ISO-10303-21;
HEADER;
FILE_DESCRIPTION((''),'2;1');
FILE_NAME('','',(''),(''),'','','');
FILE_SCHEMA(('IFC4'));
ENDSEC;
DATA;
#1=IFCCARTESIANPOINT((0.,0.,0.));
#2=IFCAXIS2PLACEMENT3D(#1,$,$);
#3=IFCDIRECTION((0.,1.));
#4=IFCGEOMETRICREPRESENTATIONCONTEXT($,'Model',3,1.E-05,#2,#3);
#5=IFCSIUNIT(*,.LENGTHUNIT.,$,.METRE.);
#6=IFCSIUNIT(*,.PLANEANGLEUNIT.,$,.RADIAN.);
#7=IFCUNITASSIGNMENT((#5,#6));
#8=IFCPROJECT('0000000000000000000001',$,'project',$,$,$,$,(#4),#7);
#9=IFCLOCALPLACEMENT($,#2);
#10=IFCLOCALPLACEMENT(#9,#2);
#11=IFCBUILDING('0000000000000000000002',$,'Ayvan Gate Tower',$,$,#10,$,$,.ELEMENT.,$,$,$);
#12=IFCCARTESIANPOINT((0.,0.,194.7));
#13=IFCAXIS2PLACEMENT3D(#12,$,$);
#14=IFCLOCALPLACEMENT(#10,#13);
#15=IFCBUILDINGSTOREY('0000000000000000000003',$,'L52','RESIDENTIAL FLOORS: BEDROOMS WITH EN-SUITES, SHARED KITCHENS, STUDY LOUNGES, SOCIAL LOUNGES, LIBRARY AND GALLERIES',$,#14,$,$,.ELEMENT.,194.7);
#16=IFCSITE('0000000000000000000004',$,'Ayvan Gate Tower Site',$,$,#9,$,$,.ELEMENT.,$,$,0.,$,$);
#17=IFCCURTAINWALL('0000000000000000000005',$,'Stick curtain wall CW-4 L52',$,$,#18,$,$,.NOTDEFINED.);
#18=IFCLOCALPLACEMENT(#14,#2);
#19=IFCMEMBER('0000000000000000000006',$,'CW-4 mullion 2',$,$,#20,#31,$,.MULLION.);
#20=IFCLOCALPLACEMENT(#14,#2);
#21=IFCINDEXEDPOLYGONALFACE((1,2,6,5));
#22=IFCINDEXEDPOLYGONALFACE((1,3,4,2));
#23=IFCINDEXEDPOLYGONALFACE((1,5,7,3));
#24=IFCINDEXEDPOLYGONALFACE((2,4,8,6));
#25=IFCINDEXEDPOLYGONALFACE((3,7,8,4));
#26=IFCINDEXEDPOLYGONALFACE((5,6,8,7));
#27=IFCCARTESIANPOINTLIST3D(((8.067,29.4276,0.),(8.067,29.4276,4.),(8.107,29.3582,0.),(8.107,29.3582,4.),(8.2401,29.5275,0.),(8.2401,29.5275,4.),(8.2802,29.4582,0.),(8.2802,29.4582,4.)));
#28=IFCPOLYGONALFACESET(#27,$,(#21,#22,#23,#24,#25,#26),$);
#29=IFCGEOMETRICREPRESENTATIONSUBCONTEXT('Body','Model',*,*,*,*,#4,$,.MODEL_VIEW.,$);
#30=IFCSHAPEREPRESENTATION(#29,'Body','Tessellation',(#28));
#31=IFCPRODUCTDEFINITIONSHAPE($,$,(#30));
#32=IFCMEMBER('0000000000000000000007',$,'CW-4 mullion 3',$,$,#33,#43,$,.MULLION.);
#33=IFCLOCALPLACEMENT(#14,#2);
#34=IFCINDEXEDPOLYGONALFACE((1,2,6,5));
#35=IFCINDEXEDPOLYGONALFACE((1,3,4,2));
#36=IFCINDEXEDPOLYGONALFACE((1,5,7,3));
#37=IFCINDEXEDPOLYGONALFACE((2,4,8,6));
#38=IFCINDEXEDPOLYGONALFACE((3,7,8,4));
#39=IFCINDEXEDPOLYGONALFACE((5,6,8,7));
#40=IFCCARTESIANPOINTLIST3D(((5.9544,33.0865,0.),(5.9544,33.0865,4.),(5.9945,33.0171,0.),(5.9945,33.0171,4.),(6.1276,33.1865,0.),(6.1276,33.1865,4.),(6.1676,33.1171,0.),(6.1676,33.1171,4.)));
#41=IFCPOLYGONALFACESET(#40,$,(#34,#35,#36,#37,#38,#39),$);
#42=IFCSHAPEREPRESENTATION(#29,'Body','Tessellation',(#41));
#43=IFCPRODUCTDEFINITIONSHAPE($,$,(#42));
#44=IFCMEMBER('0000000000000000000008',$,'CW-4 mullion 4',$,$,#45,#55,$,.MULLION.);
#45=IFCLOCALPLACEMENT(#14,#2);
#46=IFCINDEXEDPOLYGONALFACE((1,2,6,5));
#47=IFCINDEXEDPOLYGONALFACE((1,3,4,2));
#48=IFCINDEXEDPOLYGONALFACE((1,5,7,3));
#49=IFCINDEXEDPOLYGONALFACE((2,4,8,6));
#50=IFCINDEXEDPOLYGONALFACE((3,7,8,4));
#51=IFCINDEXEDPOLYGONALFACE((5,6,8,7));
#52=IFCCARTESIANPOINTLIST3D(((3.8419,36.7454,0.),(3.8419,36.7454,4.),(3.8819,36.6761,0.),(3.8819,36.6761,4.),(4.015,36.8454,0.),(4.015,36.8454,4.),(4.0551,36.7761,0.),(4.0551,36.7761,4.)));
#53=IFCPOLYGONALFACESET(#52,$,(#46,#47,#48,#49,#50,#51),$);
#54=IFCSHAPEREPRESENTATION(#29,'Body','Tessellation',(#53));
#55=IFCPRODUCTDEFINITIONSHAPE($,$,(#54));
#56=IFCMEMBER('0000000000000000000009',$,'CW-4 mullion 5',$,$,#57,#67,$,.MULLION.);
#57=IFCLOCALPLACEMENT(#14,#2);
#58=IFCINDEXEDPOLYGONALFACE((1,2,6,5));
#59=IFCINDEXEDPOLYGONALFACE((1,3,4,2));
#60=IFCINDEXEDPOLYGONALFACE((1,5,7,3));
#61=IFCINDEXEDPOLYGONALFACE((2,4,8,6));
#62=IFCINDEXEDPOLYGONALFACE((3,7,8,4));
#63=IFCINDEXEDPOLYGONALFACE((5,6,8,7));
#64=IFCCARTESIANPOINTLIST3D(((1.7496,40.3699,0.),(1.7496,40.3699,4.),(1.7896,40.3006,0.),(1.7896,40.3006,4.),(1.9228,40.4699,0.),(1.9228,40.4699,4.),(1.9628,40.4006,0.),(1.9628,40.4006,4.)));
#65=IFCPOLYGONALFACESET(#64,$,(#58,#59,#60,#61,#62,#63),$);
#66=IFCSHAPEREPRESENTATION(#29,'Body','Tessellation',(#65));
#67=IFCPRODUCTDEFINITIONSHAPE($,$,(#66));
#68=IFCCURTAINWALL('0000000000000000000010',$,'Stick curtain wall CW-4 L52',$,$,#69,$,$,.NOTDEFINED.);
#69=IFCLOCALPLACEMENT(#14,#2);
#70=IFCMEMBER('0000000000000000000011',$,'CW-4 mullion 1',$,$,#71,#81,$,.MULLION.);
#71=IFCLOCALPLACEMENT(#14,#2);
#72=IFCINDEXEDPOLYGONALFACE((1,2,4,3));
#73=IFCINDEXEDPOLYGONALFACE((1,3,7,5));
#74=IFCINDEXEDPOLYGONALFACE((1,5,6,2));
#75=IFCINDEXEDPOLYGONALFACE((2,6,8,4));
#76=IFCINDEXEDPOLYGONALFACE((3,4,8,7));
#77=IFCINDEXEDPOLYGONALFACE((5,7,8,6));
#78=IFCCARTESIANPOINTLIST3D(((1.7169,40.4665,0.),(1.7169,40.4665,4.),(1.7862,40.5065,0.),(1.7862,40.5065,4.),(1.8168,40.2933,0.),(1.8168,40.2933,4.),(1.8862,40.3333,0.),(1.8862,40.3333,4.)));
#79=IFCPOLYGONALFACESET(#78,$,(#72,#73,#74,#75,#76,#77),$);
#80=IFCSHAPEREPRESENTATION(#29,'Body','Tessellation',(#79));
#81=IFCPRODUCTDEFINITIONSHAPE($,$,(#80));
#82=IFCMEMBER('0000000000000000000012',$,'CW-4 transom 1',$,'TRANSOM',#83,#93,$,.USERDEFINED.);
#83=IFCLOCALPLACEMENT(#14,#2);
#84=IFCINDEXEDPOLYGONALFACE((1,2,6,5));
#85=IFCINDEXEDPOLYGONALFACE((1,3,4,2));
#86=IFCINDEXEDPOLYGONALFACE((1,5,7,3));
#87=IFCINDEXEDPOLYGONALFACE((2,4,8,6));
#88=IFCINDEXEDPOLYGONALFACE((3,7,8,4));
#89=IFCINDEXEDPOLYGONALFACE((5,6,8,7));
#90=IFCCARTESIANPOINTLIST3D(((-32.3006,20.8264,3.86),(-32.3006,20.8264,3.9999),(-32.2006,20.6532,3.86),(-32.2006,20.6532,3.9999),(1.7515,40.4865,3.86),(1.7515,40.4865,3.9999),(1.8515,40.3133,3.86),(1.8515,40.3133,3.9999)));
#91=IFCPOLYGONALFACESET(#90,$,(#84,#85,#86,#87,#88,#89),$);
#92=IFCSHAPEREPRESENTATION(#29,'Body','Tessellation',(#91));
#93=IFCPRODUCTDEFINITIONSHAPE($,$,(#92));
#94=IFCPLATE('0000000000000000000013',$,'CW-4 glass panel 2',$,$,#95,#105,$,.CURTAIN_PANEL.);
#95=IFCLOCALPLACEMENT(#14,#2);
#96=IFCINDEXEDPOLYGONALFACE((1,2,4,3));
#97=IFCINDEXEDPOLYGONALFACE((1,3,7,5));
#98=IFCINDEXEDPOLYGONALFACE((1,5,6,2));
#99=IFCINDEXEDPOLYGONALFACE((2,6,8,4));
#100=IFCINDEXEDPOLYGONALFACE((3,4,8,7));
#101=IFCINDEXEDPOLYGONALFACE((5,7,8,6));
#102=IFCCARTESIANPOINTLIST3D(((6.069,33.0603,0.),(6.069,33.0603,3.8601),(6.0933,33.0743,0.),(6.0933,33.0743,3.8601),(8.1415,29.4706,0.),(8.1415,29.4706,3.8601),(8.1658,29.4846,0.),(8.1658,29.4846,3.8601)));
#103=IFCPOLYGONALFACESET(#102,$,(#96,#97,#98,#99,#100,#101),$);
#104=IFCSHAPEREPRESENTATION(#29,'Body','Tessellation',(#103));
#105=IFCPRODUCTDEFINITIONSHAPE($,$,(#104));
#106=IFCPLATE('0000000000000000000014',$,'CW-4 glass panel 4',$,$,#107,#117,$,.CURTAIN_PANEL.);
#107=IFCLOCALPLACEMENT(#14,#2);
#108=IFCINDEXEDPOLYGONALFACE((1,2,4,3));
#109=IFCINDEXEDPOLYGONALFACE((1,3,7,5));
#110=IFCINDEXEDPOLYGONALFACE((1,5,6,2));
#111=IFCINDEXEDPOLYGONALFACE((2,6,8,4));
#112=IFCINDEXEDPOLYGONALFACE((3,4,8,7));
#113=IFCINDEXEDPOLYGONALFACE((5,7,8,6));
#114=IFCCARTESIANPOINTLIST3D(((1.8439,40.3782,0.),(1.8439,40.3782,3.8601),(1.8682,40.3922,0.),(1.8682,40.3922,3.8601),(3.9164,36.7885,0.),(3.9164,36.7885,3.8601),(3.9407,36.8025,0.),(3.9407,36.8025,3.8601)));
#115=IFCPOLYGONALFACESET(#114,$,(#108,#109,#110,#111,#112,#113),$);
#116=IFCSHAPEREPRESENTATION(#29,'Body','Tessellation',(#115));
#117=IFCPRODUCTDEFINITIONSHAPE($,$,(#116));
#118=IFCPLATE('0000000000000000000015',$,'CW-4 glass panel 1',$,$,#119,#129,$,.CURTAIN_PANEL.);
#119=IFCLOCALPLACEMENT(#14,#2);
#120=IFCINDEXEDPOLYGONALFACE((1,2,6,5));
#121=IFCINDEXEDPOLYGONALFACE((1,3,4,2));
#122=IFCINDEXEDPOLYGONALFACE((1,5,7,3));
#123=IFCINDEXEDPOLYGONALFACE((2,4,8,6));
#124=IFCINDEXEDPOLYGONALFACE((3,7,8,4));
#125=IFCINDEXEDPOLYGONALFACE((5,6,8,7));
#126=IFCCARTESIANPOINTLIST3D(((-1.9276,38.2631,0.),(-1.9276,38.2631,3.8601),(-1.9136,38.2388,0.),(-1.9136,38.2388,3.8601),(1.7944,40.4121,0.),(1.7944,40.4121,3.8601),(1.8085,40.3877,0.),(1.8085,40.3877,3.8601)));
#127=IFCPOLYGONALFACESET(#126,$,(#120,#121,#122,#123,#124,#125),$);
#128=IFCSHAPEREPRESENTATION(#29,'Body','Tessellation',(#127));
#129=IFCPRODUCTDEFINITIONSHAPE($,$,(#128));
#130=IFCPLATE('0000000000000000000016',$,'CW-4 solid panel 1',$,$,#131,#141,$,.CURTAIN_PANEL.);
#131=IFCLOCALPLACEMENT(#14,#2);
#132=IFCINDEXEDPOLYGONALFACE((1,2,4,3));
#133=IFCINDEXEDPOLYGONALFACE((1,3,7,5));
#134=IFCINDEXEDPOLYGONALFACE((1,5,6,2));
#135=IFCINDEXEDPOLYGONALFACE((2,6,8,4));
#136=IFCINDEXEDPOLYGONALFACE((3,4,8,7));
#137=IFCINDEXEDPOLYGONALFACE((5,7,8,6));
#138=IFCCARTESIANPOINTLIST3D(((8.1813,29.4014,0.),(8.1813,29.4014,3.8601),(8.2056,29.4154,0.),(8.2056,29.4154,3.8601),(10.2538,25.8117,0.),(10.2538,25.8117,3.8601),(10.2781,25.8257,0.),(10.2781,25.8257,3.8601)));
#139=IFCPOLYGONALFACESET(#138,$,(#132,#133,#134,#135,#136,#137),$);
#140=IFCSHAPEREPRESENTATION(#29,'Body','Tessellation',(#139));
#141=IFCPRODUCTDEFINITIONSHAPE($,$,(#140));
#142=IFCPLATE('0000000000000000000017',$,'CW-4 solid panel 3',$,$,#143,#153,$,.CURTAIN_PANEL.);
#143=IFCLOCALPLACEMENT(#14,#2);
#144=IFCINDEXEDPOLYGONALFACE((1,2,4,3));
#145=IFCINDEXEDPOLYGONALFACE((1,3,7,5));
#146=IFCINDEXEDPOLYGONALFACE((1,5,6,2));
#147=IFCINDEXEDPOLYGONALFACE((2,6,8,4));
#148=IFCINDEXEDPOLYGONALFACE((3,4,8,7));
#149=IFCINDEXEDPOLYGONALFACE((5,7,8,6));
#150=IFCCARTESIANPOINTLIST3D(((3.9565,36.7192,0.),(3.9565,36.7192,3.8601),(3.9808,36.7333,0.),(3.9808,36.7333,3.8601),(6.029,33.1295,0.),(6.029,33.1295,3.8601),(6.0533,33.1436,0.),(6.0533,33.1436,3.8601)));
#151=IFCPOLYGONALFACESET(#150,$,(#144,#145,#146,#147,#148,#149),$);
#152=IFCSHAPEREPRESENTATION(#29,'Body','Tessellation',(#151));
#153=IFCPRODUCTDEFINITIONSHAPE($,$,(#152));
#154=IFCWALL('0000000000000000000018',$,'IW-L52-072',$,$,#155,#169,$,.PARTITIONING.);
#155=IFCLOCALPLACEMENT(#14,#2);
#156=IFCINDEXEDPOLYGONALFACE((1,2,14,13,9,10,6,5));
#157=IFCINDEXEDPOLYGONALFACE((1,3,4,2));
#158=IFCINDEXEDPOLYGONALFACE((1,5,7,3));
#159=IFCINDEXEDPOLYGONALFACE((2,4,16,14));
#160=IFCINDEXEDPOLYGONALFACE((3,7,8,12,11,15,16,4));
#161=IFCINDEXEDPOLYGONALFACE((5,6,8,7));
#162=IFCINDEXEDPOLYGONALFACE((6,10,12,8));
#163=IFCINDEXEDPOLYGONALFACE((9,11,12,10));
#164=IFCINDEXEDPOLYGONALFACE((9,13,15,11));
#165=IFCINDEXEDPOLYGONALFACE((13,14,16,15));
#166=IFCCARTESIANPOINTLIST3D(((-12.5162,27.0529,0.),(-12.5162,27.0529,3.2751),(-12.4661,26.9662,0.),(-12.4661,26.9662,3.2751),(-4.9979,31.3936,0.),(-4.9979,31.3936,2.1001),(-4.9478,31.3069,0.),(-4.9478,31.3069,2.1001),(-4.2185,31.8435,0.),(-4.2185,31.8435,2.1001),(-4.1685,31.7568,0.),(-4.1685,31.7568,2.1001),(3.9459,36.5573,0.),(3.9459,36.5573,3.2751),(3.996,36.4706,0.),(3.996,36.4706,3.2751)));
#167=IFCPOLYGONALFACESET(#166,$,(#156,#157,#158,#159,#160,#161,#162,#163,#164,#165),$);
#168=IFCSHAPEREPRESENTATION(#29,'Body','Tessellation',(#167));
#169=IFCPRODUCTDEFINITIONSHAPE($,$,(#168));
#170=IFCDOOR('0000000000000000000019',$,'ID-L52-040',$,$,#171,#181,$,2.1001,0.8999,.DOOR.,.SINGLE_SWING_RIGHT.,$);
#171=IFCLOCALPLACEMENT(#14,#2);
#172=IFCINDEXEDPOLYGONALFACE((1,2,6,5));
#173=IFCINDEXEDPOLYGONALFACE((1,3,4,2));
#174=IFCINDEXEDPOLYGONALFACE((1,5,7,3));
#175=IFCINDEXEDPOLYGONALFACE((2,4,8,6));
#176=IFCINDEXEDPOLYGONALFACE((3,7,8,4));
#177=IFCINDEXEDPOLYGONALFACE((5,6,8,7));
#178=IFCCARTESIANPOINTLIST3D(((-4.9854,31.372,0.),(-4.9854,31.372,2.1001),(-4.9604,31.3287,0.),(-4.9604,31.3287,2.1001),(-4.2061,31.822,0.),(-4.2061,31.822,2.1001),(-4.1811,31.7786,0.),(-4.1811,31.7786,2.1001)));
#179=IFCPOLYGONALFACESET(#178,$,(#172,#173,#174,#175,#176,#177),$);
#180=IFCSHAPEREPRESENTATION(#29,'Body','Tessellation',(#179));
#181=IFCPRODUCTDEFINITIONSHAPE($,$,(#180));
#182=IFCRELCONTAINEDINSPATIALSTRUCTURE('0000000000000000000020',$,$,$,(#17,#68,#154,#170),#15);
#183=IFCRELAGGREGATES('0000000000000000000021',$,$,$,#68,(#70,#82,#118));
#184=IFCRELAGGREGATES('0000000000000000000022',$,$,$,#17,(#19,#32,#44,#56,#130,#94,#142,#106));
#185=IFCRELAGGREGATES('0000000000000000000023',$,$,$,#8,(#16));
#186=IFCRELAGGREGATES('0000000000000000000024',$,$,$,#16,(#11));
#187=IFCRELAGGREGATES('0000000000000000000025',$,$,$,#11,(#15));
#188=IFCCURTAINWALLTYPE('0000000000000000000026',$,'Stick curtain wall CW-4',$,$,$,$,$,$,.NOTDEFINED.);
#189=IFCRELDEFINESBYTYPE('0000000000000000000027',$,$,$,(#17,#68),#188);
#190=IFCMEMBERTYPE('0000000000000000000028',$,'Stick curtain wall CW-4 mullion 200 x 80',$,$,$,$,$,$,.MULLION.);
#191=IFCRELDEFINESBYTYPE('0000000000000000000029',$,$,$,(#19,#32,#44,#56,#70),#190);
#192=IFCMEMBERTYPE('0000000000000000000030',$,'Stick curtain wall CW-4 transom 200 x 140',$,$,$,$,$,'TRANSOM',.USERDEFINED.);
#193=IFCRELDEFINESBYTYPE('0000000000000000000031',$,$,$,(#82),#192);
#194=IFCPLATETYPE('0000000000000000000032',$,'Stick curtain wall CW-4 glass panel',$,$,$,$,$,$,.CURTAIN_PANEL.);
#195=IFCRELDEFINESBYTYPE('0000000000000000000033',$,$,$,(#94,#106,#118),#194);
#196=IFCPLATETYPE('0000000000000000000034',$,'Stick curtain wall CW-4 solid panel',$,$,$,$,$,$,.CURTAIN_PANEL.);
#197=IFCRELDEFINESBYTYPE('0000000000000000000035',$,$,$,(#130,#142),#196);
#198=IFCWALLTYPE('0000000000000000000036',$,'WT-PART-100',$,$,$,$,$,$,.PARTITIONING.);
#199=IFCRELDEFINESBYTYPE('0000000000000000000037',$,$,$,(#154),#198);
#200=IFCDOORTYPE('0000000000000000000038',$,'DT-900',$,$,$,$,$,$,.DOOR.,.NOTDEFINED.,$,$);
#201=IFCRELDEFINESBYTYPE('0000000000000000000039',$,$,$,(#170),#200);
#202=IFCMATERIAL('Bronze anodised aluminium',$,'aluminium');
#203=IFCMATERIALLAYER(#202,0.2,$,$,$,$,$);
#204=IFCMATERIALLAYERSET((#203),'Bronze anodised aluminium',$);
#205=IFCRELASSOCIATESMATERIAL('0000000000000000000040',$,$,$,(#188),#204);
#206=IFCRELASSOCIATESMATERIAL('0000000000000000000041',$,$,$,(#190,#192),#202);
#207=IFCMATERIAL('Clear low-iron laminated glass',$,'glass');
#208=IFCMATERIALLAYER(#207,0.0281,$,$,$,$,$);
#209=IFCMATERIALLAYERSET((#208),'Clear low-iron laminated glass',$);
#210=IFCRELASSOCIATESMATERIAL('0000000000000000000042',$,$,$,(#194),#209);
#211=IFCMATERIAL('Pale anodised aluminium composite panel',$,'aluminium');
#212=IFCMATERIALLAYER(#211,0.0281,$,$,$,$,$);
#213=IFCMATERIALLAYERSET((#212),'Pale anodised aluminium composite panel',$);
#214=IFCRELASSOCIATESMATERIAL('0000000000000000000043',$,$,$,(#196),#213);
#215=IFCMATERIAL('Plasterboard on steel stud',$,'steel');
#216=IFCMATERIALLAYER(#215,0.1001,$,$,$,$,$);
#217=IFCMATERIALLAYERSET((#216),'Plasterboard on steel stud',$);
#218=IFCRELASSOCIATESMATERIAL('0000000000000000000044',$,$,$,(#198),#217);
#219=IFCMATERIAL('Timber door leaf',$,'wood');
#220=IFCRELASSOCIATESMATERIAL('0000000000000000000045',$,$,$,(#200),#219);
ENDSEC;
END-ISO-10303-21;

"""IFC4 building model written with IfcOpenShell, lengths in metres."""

from ifc_helpers import new_model, si_unit, direction, frame, frame_2d, origin, origin_2d, place, context, subcontext, project, spatial, rectangle, extrude, material, layer, layer_set, material_profile, profile_set, type_object, element, fill, aggregate, save


model = new_model("IFC4")

# Units and contexts
model_context = context("Model", 3, precision=1e-05, world=origin(), true_north=direction((0.0, 1.0)))
body_context = subcontext(model_context, "Body", "Model", "MODEL_VIEW")
ifc_project = project(units=[si_unit("LENGTHUNIT", "METRE"), si_unit("PLANEANGLEUNIT", "RADIAN")], contexts=[model_context])

# Site, building, storey
site_placement = place(None, origin())
site = spatial("IfcSite", under=ifc_project, at=site_placement, Name="Ayvan Gate Tower Site", CompositionType="ELEMENT", RefElevation=0.0)
building_placement = place(site_placement, origin())
building = spatial("IfcBuilding", under=site, at=building_placement, Name="Ayvan Gate Tower", CompositionType="ELEMENT")
storey_placement = place(building_placement, frame((0.0, 0.0, 194.7)))
storey = spatial("IfcBuildingStorey", under=building, at=storey_placement, Name="L52", Description="RESIDENTIAL FLOORS: BEDROOMS WITH EN-SUITES, SHARED KITCHENS, STUDY LOUNGES, SOCIAL LOUNGES, LIBRARY AND GALLERIES", CompositionType="ELEMENT", Elevation=194.7)

# Curtain walls, members
ifc_material_1 = material(Name="Bronze anodised aluminium", Category="aluminium")
ifc_layer_1 = layer(ifc_material_1, 0.2)
ifc_layer_set_1 = layer_set([ifc_layer_1], Name="Bronze anodised aluminium")
curtain_wall_type = type_object("IfcCurtainWallType", Name="Stick curtain wall CW-4", PredefinedType="NOTDEFINED", material=ifc_layer_set_1)
curtain_wall_1_placement = place(storey_placement, origin())
curtain_wall_1 = element("IfcCurtainWall", 1, at=curtain_wall_1_placement, inside=storey, type_object=curtain_wall_type, Name="Stick curtain wall CW-4 L52", PredefinedType="NOTDEFINED")
ifc_material_profile_1 = material_profile(ifc_material_1, rectangle(XDim=0.2, YDim=0.0801, at=origin_2d()), Name="Stick curtain wall CW-4 mullion 200 x 80")
ifc_profile_set_1 = profile_set([ifc_material_profile_1], Name="Bronze anodised aluminium")
member_type_1 = type_object("IfcMemberType", Name="Stick curtain wall CW-4 mullion 200 x 80", PredefinedType="MULLION", material=ifc_profile_set_1)
member_1_placement = place(storey_placement, frame((8.1736, 29.4429, 0.0), z_axis=(0.0, 0.0, 1.0), x_axis=(0.866025, 0.5, 0.0)))
member_1 = element("IfcMember", 2, at=member_1_placement, type_object=member_type_1, Name="CW-4 mullion 2", PredefinedType="MULLION", context=body_context, shape_type="SweptSolid", body=[
    extrude(rectangle(XDim=0.2, YDim=0.0801, at=origin_2d()), origin(), (0.0, 0.0, 1.0), 4.0),
])
member_2_placement = place(storey_placement, frame((6.061, 33.1018, 0.0), z_axis=(0.0, 0.0, 1.0), x_axis=(0.866025, 0.5, 0.0)))
member_2 = element("IfcMember", 3, at=member_2_placement, type_object=member_type_1, Name="CW-4 mullion 3", PredefinedType="MULLION", context=body_context, shape_type="SweptSolid", body=[
    extrude(rectangle(XDim=0.2, YDim=0.0801, at=origin_2d()), origin(), (0.0, 0.0, 1.0), 4.0),
])
member_3_placement = place(storey_placement, frame((3.9485, 36.7607, 0.0), z_axis=(0.0, 0.0, 1.0), x_axis=(0.866025, 0.5, 0.0)))
member_3 = element("IfcMember", 4, at=member_3_placement, type_object=member_type_1, Name="CW-4 mullion 4", PredefinedType="MULLION", context=body_context, shape_type="SweptSolid", body=[
    extrude(rectangle(XDim=0.2, YDim=0.0801, at=origin_2d()), origin(), (0.0, 0.0, 1.0), 4.0),
])
member_4_placement = place(storey_placement, frame((1.8562, 40.3853, 0.0), z_axis=(0.0, 0.0, 1.0), x_axis=(0.866025, 0.5, 0.0)))
member_4 = element("IfcMember", 5, at=member_4_placement, type_object=member_type_1, Name="CW-4 mullion 5", PredefinedType="MULLION", context=body_context, shape_type="SweptSolid", body=[
    extrude(rectangle(XDim=0.2, YDim=0.0801, at=origin_2d()), origin(), (0.0, 0.0, 1.0), 4.0),
])
curtain_wall_2_placement = place(storey_placement, origin())
curtain_wall_2 = element("IfcCurtainWall", 6, at=curtain_wall_2_placement, inside=storey, type_object=curtain_wall_type, Name="Stick curtain wall CW-4 L52", PredefinedType="NOTDEFINED")
member_5_placement = place(storey_placement, frame((1.8015, 40.3999, 0.0), z_axis=(0.0, 0.0, 1.0), x_axis=(-0.5, 0.866025, 0.0)))
member_5 = element("IfcMember", 7, at=member_5_placement, type_object=member_type_1, Name="CW-4 mullion 1", PredefinedType="MULLION", context=body_context, shape_type="SweptSolid", body=[
    extrude(rectangle(XDim=0.2, YDim=0.0801, at=origin_2d()), origin(), (0.0, 0.0, 1.0), 4.0),
])
ifc_material_profile_2 = material_profile(ifc_material_1, rectangle(XDim=0.2, YDim=0.1399, at=origin_2d()), Name="Stick curtain wall CW-4 transom 200 x 140")
ifc_profile_set_2 = profile_set([ifc_material_profile_2], Name="Bronze anodised aluminium")
member_type_2 = type_object("IfcMemberType", Name="Stick curtain wall CW-4 transom 200 x 140", ElementType="TRANSOM", PredefinedType="USERDEFINED", material=ifc_profile_set_2)
member_6_placement = place(storey_placement, frame((1.8015, 40.3999, 3.9299), z_axis=(-0.866024, -0.500002, 0.0), x_axis=(0.500002, -0.866024, 0.0)))
member_6 = element("IfcMember", 8, at=member_6_placement, type_object=member_type_2, Name="CW-4 transom 1", ObjectType="TRANSOM", PredefinedType="USERDEFINED", context=body_context, shape_type="SweptSolid", body=[
    extrude(rectangle(XDim=0.2, YDim=0.1399, at=origin_2d()), origin(), (0.0, 0.0, 1.0), 39.3201),
])

# Plates
ifc_material_2 = material(Name="Clear low-iron laminated glass", Category="glass")
ifc_layer_2 = layer(ifc_material_2, 0.0281)
ifc_layer_set_2 = layer_set([ifc_layer_2], Name="Clear low-iron laminated glass")
plate_type_1 = type_object("IfcPlateType", Name="Stick curtain wall CW-4 glass panel", PredefinedType="CURTAIN_PANEL", material=ifc_layer_set_2)
plate_1_placement = place(storey_placement, frame((7.1174, 31.2725, 0.0), z_axis=(0.0, 0.0, 1.0), x_axis=(-0.5, 0.866025, 0.0)))
plate_1 = element("IfcPlate", 9, at=plate_1_placement, type_object=plate_type_1, Name="CW-4 glass panel 2", PredefinedType="CURTAIN_PANEL", context=body_context, shape_type="SweptSolid", body=[
    extrude(rectangle(XDim=4.145, YDim=0.0281, at=origin_2d()), origin(), (0.0, 0.0, 1.0), 3.8601),
])
plate_2_placement = place(storey_placement, frame((2.8923, 38.5903, 0.0), z_axis=(0.0, 0.0, 1.0), x_axis=(-0.5, 0.866025, 0.0)))
plate_2 = element("IfcPlate", 10, at=plate_2_placement, type_object=plate_type_1, Name="CW-4 glass panel 4", PredefinedType="CURTAIN_PANEL", context=body_context, shape_type="SweptSolid", body=[
    extrude(rectangle(XDim=4.145, YDim=0.0281, at=origin_2d()), origin(), (0.0, 0.0, 1.0), 3.8601),
])
plate_3_placement = place(storey_placement, frame((-0.0596, 39.3254, 0.0), z_axis=(0.0, 0.0, 1.0), x_axis=(-0.866025, -0.5, 0.0)))
plate_3 = element("IfcPlate", 11, at=plate_3_placement, type_object=plate_type_1, Name="CW-4 glass panel 1", PredefinedType="CURTAIN_PANEL", context=body_context, shape_type="SweptSolid", body=[
    extrude(rectangle(XDim=4.2979, YDim=0.0281, at=origin_2d()), origin(), (0.0, 0.0, 1.0), 3.8601),
])
aggregate(curtain_wall_2, [member_5, member_6, plate_3])
ifc_material_3 = material(Name="Pale anodised aluminium composite panel", Category="aluminium")
ifc_layer_3 = layer(ifc_material_3, 0.0281)
ifc_layer_set_3 = layer_set([ifc_layer_3], Name="Pale anodised aluminium composite panel")
plate_type_2 = type_object("IfcPlateType", Name="Stick curtain wall CW-4 solid panel", PredefinedType="CURTAIN_PANEL", material=ifc_layer_set_3)
plate_4_placement = place(storey_placement, frame((9.2297, 27.6135, 0.0), z_axis=(0.0, 0.0, 1.0), x_axis=(-0.5, 0.866025, 0.0)))
plate_4 = element("IfcPlate", 12, at=plate_4_placement, type_object=plate_type_2, Name="CW-4 solid panel 1", PredefinedType="CURTAIN_PANEL", context=body_context, shape_type="SweptSolid", body=[
    extrude(rectangle(XDim=4.145, YDim=0.0281, at=origin_2d()), origin(), (0.0, 0.0, 1.0), 3.8601),
])
plate_5_placement = place(storey_placement, frame((5.0049, 34.9314, 0.0), z_axis=(0.0, 0.0, 1.0), x_axis=(-0.5, 0.866025, 0.0)))
plate_5 = element("IfcPlate", 13, at=plate_5_placement, type_object=plate_type_2, Name="CW-4 solid panel 3", PredefinedType="CURTAIN_PANEL", context=body_context, shape_type="SweptSolid", body=[
    extrude(rectangle(XDim=4.145, YDim=0.0281, at=origin_2d()), origin(), (0.0, 0.0, 1.0), 3.8601),
])
aggregate(curtain_wall_1, [member_1, member_2, member_3, member_4, plate_4, plate_1, plate_5, plate_2])

# Wall, opening, door
ifc_material_4 = material(Name="Plasterboard on steel stud", Category="steel")
ifc_layer_4 = layer(ifc_material_4, 0.1001)
ifc_layer_set_4 = layer_set([ifc_layer_4], Name="Plasterboard on steel stud")
wall_type = type_object("IfcWallType", Name="WT-PART-100", PredefinedType="PARTITIONING", material=ifc_layer_set_4)
wall_placement = place(storey_placement, frame((3.9709, 36.5139, 0.0), z_axis=(0.0, 0.0, 1.0), x_axis=(-0.866026, -0.499999, 0.0)))
wall = element("IfcWall", 14, at=wall_placement, inside=storey, type_object=wall_type, Name="IW-L52-072", PredefinedType="PARTITIONING", context=body_context, shape_type="SweptSolid", body=[
    extrude(rectangle(XDim=19.0088, YDim=0.1001, at=frame_2d((9.5044, 0.0))), origin(), (0.0, 0.0, 1.0), 3.2751),
])
opening_placement = place(wall_placement, frame((9.4275, 0.0, 0.0)))
opening = element("IfcOpeningElement", 15, at=opening_placement, cuts=wall, PredefinedType="OPENING", context=body_context, shape_type="SweptSolid", body=[
    extrude(rectangle(XDim=0.8999, YDim=2.1001, at=frame_2d((0.45, 1.05))), frame((0.0, 0.0601, 0.0), z_axis=(0.0, -1.0, 0.0), x_axis=(1.0, 0.0, 0.0)), (0.0, 0.0, 1.0), 0.1201),
])
ifc_material_5 = material(Name="Timber door leaf", Category="wood")
door_type = type_object("IfcDoorType", Name="DT-900", OperationType="NOTDEFINED", PredefinedType="DOOR", material=ifc_material_5)
door_placement = place(opening_placement, origin())
door = element("IfcDoor", 16, at=door_placement, inside=storey, type_object=door_type, Name="ID-L52-040", OperationType="SINGLE_SWING_RIGHT", OverallHeight=2.1001, OverallWidth=0.8999, PredefinedType="DOOR", context=body_context, shape_type="SweptSolid", body=[
    extrude(rectangle(XDim=0.8999, YDim=2.1001, at=frame_2d((0.45, 1.05))), frame((0.0, 0.0249, 0.0), z_axis=(0.0, -1.0, 0.0), x_axis=(1.0, 0.0, 0.0)), (0.0, 0.0, 1.0), 0.05),
])
fill(opening, door)

save(model, "model.ifc")
